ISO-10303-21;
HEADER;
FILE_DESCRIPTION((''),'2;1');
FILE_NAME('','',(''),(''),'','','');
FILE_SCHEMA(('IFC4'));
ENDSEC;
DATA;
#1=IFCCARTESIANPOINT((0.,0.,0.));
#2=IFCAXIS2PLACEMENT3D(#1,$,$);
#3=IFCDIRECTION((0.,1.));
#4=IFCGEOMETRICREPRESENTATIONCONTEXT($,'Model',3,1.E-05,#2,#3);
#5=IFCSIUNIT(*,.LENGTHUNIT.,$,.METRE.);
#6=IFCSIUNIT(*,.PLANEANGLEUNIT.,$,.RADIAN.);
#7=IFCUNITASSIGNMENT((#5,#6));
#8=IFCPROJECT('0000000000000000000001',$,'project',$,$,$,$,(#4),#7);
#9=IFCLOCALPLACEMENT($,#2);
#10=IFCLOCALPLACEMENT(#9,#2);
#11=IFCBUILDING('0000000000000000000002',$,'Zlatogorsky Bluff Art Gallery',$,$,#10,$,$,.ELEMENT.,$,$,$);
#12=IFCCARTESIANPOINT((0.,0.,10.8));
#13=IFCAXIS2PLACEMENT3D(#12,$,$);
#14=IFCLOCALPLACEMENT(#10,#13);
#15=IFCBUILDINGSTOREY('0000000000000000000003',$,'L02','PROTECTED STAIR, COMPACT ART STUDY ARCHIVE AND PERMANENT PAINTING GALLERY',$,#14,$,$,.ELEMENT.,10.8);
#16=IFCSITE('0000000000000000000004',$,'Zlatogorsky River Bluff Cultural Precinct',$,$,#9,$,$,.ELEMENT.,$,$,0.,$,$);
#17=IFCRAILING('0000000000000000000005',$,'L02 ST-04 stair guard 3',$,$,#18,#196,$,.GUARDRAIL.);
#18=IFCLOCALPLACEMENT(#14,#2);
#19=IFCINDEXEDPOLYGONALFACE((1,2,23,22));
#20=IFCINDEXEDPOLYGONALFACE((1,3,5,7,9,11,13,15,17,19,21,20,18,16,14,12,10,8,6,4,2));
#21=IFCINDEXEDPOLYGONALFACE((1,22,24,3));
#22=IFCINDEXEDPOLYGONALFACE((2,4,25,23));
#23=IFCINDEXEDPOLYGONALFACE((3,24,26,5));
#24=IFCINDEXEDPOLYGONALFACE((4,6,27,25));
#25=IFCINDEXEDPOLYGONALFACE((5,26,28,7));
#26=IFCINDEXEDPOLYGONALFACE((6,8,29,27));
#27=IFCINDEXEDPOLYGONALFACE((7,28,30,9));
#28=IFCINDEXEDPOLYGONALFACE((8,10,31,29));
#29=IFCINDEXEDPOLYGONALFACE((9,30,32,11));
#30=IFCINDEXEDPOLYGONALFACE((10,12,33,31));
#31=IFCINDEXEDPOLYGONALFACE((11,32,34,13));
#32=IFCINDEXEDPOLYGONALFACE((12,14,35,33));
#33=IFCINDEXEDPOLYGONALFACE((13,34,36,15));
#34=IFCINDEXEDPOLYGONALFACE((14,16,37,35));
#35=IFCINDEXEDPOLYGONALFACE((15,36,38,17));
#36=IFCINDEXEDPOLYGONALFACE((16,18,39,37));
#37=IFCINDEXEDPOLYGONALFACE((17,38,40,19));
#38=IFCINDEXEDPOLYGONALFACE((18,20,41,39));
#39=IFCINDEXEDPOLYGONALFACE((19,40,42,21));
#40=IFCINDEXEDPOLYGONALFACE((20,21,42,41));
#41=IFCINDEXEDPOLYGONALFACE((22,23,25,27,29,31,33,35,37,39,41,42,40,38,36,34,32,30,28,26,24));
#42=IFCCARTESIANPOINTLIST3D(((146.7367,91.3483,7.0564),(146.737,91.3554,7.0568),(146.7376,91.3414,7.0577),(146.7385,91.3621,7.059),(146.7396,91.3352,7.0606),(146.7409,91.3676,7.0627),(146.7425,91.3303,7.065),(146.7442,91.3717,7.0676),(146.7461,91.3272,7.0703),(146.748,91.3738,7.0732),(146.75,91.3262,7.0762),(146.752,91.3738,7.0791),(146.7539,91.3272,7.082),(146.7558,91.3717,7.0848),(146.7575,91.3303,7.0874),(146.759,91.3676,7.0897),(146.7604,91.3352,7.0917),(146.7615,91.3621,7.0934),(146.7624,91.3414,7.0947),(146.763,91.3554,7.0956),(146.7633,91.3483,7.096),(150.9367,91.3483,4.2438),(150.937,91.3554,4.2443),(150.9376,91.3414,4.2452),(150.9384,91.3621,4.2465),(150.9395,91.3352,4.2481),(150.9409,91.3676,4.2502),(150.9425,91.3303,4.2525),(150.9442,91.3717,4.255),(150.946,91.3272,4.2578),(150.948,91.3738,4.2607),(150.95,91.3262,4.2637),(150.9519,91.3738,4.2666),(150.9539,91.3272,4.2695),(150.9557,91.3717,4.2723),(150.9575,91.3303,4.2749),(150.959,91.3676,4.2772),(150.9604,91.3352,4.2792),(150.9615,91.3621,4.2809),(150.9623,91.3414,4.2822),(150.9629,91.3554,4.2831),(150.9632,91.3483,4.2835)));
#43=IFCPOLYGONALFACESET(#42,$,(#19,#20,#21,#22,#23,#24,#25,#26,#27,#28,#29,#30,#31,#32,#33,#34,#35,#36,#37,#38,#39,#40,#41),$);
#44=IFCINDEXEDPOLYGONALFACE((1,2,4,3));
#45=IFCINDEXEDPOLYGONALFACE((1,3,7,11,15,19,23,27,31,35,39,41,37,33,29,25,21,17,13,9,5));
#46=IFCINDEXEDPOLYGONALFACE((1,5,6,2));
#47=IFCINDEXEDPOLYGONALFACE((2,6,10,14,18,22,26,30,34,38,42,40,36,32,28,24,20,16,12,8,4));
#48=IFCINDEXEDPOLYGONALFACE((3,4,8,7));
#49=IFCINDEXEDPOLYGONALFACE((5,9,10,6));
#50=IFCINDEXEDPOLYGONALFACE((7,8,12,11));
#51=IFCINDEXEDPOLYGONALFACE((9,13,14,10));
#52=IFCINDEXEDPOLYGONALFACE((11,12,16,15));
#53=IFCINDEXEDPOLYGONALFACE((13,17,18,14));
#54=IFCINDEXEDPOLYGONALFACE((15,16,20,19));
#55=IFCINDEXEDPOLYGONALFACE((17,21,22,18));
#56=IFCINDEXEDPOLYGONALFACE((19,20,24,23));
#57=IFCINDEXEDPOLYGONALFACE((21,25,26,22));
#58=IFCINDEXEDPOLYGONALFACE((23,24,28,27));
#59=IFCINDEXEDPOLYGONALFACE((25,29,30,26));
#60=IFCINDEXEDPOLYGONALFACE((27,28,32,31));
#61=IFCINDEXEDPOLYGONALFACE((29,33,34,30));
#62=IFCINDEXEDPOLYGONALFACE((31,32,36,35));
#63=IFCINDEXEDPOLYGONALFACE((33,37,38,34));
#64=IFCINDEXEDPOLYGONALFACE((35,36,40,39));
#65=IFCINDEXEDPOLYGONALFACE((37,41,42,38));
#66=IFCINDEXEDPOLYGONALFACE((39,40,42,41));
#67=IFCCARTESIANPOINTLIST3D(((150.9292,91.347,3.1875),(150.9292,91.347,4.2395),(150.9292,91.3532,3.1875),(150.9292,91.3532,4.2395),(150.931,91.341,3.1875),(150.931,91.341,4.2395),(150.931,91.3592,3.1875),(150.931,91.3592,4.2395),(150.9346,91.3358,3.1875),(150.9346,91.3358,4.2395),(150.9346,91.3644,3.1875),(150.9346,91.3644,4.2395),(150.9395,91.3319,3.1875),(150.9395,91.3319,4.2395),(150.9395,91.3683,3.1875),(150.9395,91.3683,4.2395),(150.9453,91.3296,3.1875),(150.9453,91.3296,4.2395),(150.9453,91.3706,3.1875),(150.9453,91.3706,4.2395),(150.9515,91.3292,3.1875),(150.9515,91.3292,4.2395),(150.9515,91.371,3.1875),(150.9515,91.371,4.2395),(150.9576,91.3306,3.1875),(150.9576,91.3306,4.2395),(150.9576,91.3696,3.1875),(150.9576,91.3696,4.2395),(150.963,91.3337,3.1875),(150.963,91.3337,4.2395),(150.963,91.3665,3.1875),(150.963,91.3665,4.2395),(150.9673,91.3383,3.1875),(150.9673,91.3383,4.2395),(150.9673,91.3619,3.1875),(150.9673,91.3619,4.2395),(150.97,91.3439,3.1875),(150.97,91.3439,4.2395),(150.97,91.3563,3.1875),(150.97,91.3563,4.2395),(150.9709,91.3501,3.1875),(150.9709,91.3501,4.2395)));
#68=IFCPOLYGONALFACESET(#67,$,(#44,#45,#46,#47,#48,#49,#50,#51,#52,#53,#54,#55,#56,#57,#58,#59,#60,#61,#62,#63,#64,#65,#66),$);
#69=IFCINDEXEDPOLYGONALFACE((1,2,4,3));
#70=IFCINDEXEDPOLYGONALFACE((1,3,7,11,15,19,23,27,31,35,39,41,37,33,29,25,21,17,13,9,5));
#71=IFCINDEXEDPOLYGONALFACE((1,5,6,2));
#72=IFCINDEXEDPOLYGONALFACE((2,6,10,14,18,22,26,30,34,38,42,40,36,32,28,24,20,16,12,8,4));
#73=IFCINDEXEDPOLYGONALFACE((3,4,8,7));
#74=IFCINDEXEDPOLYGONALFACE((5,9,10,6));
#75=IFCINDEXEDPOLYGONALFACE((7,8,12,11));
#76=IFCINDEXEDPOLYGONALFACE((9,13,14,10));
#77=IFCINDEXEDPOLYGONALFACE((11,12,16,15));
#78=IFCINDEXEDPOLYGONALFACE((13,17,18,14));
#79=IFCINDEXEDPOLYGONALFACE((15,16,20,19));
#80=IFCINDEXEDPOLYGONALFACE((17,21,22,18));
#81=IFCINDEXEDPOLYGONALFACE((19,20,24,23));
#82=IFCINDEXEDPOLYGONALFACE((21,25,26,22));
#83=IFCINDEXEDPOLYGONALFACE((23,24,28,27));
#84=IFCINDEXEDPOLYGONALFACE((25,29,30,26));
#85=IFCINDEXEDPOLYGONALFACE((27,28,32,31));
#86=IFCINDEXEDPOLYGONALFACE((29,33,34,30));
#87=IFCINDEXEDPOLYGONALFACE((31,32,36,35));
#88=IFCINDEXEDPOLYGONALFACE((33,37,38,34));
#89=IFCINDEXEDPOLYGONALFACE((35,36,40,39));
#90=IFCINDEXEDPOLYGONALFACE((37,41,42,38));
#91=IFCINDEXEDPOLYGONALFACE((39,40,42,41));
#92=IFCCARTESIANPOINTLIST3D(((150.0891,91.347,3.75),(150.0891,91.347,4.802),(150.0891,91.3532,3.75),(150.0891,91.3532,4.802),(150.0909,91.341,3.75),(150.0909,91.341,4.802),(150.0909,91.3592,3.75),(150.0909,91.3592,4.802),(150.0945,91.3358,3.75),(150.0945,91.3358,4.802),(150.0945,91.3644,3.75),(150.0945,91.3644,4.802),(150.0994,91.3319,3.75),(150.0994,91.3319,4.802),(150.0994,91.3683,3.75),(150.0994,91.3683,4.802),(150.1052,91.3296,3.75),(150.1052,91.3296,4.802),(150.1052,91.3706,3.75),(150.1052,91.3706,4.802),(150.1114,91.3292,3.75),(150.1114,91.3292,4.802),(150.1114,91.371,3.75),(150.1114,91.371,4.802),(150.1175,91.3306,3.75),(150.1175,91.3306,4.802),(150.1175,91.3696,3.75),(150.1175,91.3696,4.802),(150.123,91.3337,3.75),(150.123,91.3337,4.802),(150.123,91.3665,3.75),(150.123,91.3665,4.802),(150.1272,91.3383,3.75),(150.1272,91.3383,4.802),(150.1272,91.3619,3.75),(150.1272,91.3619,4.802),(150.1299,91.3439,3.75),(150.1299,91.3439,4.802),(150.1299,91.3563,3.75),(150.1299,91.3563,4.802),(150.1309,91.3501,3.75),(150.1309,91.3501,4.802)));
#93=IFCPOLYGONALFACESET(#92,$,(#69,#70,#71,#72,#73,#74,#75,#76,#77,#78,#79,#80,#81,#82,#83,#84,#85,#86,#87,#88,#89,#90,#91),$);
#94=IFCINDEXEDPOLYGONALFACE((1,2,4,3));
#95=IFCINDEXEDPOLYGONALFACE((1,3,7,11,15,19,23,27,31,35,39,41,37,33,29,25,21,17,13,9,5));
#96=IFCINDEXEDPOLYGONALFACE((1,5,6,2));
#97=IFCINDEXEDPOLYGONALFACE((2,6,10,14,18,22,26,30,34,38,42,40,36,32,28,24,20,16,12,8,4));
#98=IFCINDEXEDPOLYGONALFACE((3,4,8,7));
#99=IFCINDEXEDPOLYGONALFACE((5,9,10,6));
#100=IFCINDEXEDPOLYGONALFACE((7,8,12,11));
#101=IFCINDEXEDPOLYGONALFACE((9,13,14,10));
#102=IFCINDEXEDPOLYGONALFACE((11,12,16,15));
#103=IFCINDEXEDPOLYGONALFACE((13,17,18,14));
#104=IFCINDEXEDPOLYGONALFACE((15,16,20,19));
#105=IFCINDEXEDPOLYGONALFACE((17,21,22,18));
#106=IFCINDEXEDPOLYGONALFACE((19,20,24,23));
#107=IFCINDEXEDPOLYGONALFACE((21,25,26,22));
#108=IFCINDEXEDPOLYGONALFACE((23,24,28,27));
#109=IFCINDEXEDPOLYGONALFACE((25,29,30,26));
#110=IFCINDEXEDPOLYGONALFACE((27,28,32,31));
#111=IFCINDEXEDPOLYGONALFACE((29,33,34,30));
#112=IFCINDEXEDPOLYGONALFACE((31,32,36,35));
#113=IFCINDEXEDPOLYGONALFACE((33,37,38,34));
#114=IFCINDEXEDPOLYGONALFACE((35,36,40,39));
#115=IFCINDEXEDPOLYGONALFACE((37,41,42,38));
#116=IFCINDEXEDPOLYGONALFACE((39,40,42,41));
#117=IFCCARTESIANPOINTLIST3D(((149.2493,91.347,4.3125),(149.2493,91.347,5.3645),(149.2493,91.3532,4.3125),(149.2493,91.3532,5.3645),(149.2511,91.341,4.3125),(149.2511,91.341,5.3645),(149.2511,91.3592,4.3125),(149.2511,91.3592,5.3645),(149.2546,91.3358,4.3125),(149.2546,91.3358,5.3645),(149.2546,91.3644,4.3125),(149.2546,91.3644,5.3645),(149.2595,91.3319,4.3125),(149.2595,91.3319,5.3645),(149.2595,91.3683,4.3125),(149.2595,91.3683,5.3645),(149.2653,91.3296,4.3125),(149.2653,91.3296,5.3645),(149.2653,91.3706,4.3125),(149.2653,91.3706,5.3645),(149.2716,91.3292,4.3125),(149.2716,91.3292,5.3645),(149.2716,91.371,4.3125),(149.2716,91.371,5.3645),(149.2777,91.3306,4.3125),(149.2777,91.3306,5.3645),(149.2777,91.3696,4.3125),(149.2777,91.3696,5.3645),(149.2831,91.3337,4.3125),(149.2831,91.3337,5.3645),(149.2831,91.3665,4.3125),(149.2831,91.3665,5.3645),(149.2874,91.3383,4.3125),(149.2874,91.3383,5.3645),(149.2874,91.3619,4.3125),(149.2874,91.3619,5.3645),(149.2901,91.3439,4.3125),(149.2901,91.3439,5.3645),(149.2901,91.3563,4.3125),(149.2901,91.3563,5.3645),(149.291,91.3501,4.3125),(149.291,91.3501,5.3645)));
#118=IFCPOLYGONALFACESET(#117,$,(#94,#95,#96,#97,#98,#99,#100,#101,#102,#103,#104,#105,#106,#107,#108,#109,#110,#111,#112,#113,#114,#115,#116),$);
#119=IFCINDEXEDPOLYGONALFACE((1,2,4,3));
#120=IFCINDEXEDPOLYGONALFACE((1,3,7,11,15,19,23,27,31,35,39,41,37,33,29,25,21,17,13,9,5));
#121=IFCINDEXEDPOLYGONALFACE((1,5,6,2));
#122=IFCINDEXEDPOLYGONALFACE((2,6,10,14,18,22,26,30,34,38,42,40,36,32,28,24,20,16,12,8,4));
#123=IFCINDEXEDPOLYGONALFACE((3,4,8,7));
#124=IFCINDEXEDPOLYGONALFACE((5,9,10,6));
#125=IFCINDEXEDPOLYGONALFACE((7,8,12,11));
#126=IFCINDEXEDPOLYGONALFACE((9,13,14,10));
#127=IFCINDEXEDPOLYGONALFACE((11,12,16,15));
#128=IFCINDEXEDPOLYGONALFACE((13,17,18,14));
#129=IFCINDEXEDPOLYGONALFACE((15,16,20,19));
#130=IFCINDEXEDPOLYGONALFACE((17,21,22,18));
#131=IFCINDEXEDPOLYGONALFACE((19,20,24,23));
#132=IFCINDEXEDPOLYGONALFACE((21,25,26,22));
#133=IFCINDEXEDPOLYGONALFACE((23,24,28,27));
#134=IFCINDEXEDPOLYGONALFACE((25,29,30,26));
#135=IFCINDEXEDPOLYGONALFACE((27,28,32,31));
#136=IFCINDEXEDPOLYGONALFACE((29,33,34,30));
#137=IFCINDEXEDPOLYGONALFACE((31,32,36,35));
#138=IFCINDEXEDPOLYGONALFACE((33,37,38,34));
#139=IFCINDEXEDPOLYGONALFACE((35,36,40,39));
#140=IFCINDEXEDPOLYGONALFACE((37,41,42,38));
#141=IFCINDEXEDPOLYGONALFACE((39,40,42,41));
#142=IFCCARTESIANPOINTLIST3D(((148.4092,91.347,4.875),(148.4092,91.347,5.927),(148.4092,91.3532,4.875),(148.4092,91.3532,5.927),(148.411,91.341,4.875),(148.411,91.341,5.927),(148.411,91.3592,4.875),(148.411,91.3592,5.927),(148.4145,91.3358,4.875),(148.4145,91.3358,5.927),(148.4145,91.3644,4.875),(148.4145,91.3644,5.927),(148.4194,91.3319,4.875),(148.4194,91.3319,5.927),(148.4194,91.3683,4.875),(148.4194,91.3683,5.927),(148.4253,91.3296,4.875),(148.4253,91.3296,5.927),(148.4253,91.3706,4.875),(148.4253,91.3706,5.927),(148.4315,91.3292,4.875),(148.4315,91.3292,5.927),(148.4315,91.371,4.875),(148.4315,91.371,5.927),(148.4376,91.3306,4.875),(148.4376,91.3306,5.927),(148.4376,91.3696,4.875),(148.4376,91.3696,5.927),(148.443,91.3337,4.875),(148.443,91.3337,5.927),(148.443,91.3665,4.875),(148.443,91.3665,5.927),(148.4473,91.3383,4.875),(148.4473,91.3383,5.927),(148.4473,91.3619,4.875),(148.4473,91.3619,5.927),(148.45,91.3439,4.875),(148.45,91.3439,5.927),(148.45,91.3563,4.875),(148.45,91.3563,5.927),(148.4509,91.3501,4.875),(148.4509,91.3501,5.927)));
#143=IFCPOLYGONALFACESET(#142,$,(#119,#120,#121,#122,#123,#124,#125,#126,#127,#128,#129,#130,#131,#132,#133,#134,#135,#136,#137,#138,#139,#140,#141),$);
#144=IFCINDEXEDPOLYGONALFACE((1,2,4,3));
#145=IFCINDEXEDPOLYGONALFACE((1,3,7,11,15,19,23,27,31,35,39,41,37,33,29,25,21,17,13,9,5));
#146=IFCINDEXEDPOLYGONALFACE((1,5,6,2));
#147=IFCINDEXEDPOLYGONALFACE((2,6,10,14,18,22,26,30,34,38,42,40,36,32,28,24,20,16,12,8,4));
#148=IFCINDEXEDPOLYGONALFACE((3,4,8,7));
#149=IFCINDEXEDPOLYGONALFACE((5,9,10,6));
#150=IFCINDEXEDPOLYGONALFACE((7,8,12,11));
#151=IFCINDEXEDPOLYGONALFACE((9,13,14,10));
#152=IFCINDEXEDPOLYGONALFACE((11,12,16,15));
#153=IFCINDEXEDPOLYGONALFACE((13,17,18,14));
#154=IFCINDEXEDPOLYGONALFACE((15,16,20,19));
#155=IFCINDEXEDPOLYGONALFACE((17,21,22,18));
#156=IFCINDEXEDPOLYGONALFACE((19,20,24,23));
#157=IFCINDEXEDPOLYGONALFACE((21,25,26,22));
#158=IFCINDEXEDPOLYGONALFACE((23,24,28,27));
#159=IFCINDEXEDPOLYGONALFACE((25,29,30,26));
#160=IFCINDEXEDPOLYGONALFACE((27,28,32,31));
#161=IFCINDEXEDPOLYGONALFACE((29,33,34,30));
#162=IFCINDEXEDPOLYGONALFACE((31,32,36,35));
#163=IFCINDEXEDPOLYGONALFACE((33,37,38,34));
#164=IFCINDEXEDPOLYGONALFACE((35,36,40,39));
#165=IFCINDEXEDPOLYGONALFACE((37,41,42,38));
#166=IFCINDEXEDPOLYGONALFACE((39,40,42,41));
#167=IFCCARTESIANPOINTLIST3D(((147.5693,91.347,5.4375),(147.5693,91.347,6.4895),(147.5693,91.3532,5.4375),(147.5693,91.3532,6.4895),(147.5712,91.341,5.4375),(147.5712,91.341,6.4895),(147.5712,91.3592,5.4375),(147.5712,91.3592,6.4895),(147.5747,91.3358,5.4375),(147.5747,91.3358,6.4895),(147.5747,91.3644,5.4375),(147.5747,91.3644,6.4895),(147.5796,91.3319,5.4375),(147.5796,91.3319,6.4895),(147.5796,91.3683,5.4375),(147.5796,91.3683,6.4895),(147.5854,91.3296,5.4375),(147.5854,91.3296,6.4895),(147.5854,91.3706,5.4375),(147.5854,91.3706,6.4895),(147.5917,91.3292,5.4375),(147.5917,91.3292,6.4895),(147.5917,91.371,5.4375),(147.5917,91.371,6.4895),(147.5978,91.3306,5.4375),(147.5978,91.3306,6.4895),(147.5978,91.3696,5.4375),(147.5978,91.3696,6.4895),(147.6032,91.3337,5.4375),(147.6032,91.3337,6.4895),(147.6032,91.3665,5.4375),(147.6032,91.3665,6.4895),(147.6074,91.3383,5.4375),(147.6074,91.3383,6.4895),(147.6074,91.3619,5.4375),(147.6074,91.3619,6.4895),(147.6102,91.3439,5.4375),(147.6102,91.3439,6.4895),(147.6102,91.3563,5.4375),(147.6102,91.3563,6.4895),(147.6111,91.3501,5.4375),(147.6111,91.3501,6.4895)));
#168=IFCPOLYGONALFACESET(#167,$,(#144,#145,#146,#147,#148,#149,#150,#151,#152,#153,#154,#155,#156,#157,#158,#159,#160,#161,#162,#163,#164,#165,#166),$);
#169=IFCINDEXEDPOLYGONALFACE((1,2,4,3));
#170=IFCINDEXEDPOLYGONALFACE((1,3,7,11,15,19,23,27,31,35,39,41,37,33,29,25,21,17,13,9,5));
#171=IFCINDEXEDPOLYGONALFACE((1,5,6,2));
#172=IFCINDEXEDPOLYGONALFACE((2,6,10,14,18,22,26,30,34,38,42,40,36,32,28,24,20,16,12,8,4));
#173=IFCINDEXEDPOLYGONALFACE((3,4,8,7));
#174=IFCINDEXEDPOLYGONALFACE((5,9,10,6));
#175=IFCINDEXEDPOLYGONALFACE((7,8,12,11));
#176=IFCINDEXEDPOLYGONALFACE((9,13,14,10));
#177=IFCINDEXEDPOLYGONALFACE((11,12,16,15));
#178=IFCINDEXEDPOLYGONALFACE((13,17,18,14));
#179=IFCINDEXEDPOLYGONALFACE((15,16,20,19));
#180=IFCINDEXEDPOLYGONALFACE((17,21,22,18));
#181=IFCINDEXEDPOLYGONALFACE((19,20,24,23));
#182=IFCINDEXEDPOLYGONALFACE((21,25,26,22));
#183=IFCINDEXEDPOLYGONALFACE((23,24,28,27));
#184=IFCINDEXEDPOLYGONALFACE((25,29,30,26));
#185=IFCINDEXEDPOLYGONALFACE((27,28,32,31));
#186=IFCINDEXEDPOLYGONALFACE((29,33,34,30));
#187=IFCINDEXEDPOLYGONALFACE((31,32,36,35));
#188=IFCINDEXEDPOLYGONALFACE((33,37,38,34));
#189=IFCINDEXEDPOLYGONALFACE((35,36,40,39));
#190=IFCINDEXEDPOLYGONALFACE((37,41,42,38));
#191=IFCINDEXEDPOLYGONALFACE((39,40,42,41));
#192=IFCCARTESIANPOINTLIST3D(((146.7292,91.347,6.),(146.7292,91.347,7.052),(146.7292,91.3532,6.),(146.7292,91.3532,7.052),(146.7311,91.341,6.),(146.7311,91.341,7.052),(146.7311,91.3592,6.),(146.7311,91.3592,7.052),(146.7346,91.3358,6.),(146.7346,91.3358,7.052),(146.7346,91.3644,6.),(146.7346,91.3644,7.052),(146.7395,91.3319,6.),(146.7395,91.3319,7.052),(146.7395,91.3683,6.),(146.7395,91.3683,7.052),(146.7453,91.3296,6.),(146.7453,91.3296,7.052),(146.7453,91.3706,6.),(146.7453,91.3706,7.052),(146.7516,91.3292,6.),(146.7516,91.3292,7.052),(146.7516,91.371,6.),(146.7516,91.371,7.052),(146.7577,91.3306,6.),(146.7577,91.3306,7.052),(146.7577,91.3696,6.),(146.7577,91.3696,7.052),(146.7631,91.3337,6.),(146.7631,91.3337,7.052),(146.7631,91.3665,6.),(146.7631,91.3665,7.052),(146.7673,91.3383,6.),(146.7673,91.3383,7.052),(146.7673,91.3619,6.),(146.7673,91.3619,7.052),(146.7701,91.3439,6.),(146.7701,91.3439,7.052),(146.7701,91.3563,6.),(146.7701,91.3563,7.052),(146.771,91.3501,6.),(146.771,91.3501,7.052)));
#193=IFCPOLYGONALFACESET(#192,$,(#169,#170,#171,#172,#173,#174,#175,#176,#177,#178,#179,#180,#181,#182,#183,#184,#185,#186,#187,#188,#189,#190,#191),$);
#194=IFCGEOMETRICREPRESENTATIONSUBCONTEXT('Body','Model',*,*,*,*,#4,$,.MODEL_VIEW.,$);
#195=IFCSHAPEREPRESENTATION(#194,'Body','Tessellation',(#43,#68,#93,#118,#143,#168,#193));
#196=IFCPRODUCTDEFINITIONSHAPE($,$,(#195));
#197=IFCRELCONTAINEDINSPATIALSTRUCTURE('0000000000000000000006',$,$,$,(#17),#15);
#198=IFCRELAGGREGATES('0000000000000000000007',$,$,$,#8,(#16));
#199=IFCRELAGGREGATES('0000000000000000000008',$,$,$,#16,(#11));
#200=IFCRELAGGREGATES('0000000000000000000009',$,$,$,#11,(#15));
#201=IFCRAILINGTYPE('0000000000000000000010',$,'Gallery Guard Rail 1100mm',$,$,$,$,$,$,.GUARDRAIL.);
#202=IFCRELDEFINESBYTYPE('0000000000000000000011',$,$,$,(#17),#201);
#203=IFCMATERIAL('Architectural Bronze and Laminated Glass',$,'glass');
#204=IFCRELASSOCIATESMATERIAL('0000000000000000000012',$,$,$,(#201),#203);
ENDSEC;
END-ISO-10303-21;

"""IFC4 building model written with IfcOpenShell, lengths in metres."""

from ifc_helpers import new_model, si_unit, direction, frame, origin, origin_2d, place, context, subcontext, project, spatial, circle, extrude, material, type_object, element, save


model = new_model("IFC4")

# Units and contexts
model_context = context("Model", 3, precision=1e-05, world=origin(), true_north=direction((0.0, 1.0)))
body_context = subcontext(model_context, "Body", "Model", "MODEL_VIEW")
ifc_project = project(units=[si_unit("LENGTHUNIT", "METRE"), si_unit("PLANEANGLEUNIT", "RADIAN")], contexts=[model_context])

# Site, building, storey
site_placement = place(None, origin())
site = spatial("IfcSite", under=ifc_project, at=site_placement, Name="Zlatogorsky River Bluff Cultural Precinct", CompositionType="ELEMENT", RefElevation=0.0)
building_placement = place(site_placement, origin())
building = spatial("IfcBuilding", under=site, at=building_placement, Name="Zlatogorsky Bluff Art Gallery", CompositionType="ELEMENT")
storey_placement = place(building_placement, frame((0.0, 0.0, 10.8)))
storey = spatial("IfcBuildingStorey", under=building, at=storey_placement, Name="L02", Description="PROTECTED STAIR, COMPACT ART STUDY ARCHIVE AND PERMANENT PAINTING GALLERY", CompositionType="ELEMENT", Elevation=10.8)

# Railing
ifc_material_1 = material(Name="Architectural Bronze and Laminated Glass", Category="glass")
railing_type_1 = type_object("IfcRailingType", Name="Gallery Guard Rail 1100mm", PredefinedType="GUARDRAIL", material=ifc_material_1)
railing_1_placement = place(storey_placement, frame((150.95, 91.3501, 3.1875)))
element("IfcRailing", 1, at=railing_1_placement, inside=storey, type_object=railing_type_1, Name="L02 ST-04 stair guard 3", PredefinedType="GUARDRAIL", context=body_context, shape_type="SweptSolid", body=[
    extrude(circle(Radius=0.0239, at=origin_2d()), frame((0.0, 0.0, 1.0762), z_axis=(-0.830904, 0.0, 0.556416), x_axis=(0.0, -1.0, 0.0)), (0.0, 0.0, 1.0), 5.0547),
    extrude(circle(Radius=0.021, at=origin_2d()), origin(), (0.0, 0.0, 1.0), 1.052),
    extrude(circle(Radius=0.021, at=origin_2d()), frame((-0.8401, 0.0, 0.5625)), (0.0, 0.0, 1.0), 1.052),
    extrude(circle(Radius=0.021, at=origin_2d()), frame((-1.6799, 0.0, 1.125)), (0.0, 0.0, 1.0), 1.052),
    extrude(circle(Radius=0.021, at=origin_2d()), frame((-2.52, 0.0, 1.6875)), (0.0, 0.0, 1.0), 1.052),
    extrude(circle(Radius=0.021, at=origin_2d()), frame((-3.3599, 0.0, 2.25)), (0.0, 0.0, 1.0), 1.052),
    extrude(circle(Radius=0.021, at=origin_2d()), frame((-4.2, 0.0, 2.8125)), (0.0, 0.0, 1.0), 1.052),
])

save(model, "model.ifc")
